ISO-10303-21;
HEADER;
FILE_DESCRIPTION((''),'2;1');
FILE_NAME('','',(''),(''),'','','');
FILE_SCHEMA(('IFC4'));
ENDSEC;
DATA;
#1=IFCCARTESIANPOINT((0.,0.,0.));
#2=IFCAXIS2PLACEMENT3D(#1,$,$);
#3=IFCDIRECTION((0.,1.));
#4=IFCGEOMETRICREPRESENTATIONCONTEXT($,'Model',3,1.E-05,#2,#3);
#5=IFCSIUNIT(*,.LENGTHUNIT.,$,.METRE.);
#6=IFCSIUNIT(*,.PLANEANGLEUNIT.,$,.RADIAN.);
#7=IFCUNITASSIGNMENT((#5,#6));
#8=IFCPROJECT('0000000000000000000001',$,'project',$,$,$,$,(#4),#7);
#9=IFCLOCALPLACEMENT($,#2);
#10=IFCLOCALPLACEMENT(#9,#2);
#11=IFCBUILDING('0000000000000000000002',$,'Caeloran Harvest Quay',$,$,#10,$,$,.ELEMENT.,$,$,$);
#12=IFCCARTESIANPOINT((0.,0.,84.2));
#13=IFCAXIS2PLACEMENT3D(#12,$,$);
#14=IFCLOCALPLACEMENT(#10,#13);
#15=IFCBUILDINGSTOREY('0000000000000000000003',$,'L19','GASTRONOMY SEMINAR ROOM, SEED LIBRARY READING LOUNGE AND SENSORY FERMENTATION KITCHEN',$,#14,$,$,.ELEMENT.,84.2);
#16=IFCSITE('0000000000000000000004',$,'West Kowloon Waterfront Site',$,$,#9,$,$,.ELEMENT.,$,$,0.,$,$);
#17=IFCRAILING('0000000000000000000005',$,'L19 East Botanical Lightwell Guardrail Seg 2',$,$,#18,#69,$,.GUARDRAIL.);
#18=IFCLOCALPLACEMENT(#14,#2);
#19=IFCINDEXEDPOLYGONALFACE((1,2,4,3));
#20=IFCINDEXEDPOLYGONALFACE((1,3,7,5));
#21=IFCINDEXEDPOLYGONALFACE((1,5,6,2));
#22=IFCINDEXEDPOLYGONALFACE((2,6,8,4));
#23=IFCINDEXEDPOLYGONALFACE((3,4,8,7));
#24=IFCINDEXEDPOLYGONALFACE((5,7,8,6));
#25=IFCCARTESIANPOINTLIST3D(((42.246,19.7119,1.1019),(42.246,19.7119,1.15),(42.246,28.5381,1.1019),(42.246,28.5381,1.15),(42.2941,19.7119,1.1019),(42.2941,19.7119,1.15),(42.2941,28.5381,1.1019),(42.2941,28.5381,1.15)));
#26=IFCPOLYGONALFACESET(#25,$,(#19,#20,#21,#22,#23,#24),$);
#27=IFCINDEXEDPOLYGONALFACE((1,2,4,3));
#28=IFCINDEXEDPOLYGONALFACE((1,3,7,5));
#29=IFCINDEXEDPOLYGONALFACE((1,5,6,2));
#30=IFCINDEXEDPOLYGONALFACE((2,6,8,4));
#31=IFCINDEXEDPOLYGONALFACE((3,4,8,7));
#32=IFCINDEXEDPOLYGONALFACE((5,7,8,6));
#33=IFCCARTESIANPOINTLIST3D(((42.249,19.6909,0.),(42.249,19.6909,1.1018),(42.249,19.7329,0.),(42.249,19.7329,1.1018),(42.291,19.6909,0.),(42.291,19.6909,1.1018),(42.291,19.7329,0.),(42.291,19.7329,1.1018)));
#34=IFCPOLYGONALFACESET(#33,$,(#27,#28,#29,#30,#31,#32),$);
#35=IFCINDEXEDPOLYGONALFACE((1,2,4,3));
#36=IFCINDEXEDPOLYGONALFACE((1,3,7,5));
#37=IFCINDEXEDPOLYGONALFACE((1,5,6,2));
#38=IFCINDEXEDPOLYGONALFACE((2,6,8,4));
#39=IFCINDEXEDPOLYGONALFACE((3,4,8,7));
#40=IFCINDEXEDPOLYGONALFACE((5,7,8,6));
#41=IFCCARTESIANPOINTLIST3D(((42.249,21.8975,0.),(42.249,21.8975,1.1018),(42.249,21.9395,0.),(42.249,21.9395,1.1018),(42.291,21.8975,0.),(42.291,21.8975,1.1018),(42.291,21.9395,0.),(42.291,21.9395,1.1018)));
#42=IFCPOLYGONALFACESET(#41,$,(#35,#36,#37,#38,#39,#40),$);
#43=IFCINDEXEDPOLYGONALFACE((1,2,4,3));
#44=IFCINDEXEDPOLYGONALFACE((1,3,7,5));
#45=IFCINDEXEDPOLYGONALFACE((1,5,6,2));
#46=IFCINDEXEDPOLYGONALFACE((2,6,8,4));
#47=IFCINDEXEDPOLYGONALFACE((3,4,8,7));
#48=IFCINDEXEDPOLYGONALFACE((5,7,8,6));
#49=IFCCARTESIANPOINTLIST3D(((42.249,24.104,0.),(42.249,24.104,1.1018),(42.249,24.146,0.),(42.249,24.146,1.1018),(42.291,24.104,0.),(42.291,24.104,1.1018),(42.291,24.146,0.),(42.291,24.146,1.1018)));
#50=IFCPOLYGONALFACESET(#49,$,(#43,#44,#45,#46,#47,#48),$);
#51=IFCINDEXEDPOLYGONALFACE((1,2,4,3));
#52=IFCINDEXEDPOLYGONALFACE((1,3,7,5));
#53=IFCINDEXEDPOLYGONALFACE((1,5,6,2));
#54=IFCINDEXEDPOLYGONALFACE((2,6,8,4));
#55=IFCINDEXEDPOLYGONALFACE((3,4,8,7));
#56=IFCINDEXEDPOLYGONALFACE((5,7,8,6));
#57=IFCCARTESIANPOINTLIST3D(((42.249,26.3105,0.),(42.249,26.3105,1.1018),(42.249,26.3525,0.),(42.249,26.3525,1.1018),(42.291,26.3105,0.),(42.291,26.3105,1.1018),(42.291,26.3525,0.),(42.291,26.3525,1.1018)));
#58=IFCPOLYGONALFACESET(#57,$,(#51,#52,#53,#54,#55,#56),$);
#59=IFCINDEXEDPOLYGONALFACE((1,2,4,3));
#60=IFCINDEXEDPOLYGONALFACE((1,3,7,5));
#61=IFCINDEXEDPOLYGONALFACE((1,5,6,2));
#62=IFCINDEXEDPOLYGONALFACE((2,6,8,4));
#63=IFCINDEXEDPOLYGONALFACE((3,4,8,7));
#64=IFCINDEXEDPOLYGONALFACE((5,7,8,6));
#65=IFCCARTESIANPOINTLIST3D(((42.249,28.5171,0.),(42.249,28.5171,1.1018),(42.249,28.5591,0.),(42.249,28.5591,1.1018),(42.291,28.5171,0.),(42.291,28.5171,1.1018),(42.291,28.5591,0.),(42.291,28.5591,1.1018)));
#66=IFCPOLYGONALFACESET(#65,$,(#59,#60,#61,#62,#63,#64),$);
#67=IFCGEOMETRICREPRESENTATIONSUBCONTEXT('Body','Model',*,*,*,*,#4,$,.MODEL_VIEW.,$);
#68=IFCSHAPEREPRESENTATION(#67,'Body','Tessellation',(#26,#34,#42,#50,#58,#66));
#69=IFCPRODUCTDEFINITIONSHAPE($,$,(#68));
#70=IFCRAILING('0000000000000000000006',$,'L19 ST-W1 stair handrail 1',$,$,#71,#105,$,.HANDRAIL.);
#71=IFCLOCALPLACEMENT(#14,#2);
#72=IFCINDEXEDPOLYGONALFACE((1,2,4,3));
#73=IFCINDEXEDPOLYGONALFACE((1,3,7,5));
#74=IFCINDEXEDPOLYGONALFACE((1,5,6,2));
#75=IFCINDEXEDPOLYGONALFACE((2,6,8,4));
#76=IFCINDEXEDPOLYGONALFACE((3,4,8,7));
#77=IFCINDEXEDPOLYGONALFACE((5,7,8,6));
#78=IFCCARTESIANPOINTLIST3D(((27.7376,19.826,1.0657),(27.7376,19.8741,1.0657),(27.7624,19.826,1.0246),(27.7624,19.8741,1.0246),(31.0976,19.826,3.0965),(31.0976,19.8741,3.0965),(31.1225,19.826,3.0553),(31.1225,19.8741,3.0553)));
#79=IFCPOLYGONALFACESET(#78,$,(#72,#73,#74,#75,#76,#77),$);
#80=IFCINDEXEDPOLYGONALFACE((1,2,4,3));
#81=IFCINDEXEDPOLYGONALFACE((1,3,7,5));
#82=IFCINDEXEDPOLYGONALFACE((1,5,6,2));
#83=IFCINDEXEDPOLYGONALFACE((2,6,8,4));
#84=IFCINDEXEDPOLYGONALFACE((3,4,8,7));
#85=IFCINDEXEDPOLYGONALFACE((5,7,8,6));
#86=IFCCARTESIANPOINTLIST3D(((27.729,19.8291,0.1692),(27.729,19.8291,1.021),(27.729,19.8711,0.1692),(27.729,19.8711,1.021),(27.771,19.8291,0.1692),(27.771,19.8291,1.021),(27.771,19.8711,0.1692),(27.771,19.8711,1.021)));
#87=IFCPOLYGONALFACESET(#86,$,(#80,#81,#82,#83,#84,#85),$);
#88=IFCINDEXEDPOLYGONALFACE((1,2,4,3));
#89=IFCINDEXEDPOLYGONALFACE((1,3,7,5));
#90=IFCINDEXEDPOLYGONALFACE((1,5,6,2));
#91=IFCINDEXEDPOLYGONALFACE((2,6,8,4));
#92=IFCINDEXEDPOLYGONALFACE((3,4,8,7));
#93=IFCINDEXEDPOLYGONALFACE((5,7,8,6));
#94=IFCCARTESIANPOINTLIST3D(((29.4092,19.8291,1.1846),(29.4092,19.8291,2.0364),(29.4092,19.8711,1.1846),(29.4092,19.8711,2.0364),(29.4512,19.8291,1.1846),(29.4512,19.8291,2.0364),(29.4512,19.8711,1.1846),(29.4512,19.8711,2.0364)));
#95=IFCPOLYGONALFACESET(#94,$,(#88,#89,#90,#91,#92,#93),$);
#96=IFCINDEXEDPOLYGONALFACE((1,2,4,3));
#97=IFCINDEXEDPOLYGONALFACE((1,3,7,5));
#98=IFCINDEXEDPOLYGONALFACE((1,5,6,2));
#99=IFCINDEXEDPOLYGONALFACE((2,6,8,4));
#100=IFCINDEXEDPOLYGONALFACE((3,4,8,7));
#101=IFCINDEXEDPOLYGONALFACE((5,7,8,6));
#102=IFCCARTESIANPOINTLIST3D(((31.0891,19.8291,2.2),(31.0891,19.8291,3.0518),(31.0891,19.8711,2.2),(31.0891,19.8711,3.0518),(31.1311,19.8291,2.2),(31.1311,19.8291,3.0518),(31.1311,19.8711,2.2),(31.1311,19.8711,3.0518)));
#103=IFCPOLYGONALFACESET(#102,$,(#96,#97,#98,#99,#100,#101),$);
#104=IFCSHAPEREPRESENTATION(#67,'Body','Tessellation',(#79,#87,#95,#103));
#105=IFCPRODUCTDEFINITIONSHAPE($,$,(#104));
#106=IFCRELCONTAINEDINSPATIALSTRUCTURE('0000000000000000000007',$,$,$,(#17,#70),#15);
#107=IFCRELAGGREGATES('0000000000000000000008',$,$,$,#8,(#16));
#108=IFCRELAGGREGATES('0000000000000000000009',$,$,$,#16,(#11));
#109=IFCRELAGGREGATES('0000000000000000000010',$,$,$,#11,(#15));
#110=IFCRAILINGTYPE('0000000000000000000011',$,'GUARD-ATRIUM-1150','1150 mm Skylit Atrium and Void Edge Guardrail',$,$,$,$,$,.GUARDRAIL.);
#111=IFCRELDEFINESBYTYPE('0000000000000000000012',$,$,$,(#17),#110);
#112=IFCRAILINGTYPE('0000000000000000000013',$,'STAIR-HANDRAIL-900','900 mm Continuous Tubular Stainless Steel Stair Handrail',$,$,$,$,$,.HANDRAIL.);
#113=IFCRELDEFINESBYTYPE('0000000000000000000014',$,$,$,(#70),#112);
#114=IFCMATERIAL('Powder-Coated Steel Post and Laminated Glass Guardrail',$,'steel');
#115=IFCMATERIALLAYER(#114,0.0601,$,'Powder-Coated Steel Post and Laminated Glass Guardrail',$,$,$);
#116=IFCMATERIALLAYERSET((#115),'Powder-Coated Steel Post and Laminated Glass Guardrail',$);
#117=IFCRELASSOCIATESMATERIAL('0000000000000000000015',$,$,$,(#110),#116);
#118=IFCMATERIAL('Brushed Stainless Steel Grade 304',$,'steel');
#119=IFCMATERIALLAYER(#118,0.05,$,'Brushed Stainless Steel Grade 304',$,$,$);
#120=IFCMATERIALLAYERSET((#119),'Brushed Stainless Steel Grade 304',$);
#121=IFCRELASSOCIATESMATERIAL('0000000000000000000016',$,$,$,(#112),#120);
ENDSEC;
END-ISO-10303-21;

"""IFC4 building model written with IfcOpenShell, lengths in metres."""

from ifc_helpers import new_model, si_unit, direction, frame, origin, origin_2d, place, context, subcontext, project, spatial, rectangle, extrude, material, layer, layer_set, type_object, element, save


model = new_model("IFC4")

# Units and contexts
model_context = context("Model", 3, precision=1e-05, world=origin(), true_north=direction((0.0, 1.0)))
body_context = subcontext(model_context, "Body", "Model", "MODEL_VIEW")
ifc_project = project(units=[si_unit("LENGTHUNIT", "METRE"), si_unit("PLANEANGLEUNIT", "RADIAN")], contexts=[model_context])

# Site, building, storey
site_placement = place(None, origin())
site = spatial("IfcSite", under=ifc_project, at=site_placement, Name="West Kowloon Waterfront Site", CompositionType="ELEMENT", RefElevation=0.0)
building_placement = place(site_placement, origin())
building = spatial("IfcBuilding", under=site, at=building_placement, Name="Caeloran Harvest Quay", CompositionType="ELEMENT")
storey_placement = place(building_placement, frame((0.0, 0.0, 84.2)))
storey = spatial("IfcBuildingStorey", under=building, at=storey_placement, Name="L19", Description="GASTRONOMY SEMINAR ROOM, SEED LIBRARY READING LOUNGE AND SENSORY FERMENTATION KITCHEN", CompositionType="ELEMENT", Elevation=84.2)

# Railings
ifc_material_1 = material(Name="Powder-Coated Steel Post and Laminated Glass Guardrail", Category="steel")
ifc_layer_1 = layer(ifc_material_1, 0.0601, Name="Powder-Coated Steel Post and Laminated Glass Guardrail")
ifc_layer_set_1 = layer_set([ifc_layer_1], Name="Powder-Coated Steel Post and Laminated Glass Guardrail")
railing_type_1 = type_object("IfcRailingType", Name="GUARD-ATRIUM-1150", Description="1150 mm Skylit Atrium and Void Edge Guardrail", PredefinedType="GUARDRAIL", material=ifc_layer_set_1)
railing_1_placement = place(storey_placement, frame((42.27, 19.7119, 0.0)))
element("IfcRailing", 1, at=railing_1_placement, inside=storey, type_object=railing_type_1, Name="L19 East Botanical Lightwell Guardrail Seg 2", PredefinedType="GUARDRAIL", context=body_context, shape_type="SweptSolid", body=[
    extrude(rectangle(XDim=0.0481, YDim=0.0481, at=origin_2d()), frame((0.0, 0.0, 1.126), z_axis=(0.0, 1.0, 0.0), x_axis=(-1.0, 0.0, 0.0)), (0.0, 0.0, 1.0), 8.8262),
    extrude(rectangle(XDim=0.042, YDim=0.042, at=origin_2d()), origin(), (0.0, 0.0, 1.0), 1.1018),
    extrude(rectangle(XDim=0.042, YDim=0.042, at=origin_2d()), frame((0.0, 2.2065, 0.0)), (0.0, 0.0, 1.0), 1.1018),
    extrude(rectangle(XDim=0.042, YDim=0.042, at=origin_2d()), frame((0.0, 4.4131, 0.0)), (0.0, 0.0, 1.0), 1.1018),
    extrude(rectangle(XDim=0.042, YDim=0.042, at=origin_2d()), frame((0.0, 6.6196, 0.0)), (0.0, 0.0, 1.0), 1.1018),
    extrude(rectangle(XDim=0.042, YDim=0.042, at=origin_2d()), frame((0.0, 8.8262, 0.0)), (0.0, 0.0, 1.0), 1.1018),
])
ifc_material_2 = material(Name="Brushed Stainless Steel Grade 304", Category="steel")
ifc_layer_2 = layer(ifc_material_2, 0.05, Name="Brushed Stainless Steel Grade 304")
ifc_layer_set_2 = layer_set([ifc_layer_2], Name="Brushed Stainless Steel Grade 304")
railing_type_2 = type_object("IfcRailingType", Name="STAIR-HANDRAIL-900", Description="900 mm Continuous Tubular Stainless Steel Stair Handrail", PredefinedType="HANDRAIL", material=ifc_layer_set_2)
railing_2_placement = place(storey_placement, frame((27.75, 19.8501, 0.1692)))
element("IfcRailing", 2, at=railing_2_placement, inside=storey, type_object=railing_type_2, Name="L19 ST-W1 stair handrail 1", PredefinedType="HANDRAIL", context=body_context, shape_type="SweptSolid", body=[
    extrude(rectangle(XDim=0.0481, YDim=0.0481, at=origin_2d()), frame((0.0, 0.0, 0.876), z_axis=(0.855837, 0.0, 0.517246), x_axis=(0.0, 1.0, 0.0)), (0.0, 0.0, 1.0), 3.926),
    extrude(rectangle(XDim=0.042, YDim=0.042, at=origin_2d()), origin(), (0.0, 0.0, 1.0), 0.8518),
    extrude(rectangle(XDim=0.042, YDim=0.042, at=origin_2d()), frame((1.6802, 0.0, 1.0154)), (0.0, 0.0, 1.0), 0.8518),
    extrude(rectangle(XDim=0.042, YDim=0.042, at=origin_2d()), frame((3.3601, 0.0, 2.0308)), (0.0, 0.0, 1.0), 0.8518),
])

save(model, "model.ifc")
